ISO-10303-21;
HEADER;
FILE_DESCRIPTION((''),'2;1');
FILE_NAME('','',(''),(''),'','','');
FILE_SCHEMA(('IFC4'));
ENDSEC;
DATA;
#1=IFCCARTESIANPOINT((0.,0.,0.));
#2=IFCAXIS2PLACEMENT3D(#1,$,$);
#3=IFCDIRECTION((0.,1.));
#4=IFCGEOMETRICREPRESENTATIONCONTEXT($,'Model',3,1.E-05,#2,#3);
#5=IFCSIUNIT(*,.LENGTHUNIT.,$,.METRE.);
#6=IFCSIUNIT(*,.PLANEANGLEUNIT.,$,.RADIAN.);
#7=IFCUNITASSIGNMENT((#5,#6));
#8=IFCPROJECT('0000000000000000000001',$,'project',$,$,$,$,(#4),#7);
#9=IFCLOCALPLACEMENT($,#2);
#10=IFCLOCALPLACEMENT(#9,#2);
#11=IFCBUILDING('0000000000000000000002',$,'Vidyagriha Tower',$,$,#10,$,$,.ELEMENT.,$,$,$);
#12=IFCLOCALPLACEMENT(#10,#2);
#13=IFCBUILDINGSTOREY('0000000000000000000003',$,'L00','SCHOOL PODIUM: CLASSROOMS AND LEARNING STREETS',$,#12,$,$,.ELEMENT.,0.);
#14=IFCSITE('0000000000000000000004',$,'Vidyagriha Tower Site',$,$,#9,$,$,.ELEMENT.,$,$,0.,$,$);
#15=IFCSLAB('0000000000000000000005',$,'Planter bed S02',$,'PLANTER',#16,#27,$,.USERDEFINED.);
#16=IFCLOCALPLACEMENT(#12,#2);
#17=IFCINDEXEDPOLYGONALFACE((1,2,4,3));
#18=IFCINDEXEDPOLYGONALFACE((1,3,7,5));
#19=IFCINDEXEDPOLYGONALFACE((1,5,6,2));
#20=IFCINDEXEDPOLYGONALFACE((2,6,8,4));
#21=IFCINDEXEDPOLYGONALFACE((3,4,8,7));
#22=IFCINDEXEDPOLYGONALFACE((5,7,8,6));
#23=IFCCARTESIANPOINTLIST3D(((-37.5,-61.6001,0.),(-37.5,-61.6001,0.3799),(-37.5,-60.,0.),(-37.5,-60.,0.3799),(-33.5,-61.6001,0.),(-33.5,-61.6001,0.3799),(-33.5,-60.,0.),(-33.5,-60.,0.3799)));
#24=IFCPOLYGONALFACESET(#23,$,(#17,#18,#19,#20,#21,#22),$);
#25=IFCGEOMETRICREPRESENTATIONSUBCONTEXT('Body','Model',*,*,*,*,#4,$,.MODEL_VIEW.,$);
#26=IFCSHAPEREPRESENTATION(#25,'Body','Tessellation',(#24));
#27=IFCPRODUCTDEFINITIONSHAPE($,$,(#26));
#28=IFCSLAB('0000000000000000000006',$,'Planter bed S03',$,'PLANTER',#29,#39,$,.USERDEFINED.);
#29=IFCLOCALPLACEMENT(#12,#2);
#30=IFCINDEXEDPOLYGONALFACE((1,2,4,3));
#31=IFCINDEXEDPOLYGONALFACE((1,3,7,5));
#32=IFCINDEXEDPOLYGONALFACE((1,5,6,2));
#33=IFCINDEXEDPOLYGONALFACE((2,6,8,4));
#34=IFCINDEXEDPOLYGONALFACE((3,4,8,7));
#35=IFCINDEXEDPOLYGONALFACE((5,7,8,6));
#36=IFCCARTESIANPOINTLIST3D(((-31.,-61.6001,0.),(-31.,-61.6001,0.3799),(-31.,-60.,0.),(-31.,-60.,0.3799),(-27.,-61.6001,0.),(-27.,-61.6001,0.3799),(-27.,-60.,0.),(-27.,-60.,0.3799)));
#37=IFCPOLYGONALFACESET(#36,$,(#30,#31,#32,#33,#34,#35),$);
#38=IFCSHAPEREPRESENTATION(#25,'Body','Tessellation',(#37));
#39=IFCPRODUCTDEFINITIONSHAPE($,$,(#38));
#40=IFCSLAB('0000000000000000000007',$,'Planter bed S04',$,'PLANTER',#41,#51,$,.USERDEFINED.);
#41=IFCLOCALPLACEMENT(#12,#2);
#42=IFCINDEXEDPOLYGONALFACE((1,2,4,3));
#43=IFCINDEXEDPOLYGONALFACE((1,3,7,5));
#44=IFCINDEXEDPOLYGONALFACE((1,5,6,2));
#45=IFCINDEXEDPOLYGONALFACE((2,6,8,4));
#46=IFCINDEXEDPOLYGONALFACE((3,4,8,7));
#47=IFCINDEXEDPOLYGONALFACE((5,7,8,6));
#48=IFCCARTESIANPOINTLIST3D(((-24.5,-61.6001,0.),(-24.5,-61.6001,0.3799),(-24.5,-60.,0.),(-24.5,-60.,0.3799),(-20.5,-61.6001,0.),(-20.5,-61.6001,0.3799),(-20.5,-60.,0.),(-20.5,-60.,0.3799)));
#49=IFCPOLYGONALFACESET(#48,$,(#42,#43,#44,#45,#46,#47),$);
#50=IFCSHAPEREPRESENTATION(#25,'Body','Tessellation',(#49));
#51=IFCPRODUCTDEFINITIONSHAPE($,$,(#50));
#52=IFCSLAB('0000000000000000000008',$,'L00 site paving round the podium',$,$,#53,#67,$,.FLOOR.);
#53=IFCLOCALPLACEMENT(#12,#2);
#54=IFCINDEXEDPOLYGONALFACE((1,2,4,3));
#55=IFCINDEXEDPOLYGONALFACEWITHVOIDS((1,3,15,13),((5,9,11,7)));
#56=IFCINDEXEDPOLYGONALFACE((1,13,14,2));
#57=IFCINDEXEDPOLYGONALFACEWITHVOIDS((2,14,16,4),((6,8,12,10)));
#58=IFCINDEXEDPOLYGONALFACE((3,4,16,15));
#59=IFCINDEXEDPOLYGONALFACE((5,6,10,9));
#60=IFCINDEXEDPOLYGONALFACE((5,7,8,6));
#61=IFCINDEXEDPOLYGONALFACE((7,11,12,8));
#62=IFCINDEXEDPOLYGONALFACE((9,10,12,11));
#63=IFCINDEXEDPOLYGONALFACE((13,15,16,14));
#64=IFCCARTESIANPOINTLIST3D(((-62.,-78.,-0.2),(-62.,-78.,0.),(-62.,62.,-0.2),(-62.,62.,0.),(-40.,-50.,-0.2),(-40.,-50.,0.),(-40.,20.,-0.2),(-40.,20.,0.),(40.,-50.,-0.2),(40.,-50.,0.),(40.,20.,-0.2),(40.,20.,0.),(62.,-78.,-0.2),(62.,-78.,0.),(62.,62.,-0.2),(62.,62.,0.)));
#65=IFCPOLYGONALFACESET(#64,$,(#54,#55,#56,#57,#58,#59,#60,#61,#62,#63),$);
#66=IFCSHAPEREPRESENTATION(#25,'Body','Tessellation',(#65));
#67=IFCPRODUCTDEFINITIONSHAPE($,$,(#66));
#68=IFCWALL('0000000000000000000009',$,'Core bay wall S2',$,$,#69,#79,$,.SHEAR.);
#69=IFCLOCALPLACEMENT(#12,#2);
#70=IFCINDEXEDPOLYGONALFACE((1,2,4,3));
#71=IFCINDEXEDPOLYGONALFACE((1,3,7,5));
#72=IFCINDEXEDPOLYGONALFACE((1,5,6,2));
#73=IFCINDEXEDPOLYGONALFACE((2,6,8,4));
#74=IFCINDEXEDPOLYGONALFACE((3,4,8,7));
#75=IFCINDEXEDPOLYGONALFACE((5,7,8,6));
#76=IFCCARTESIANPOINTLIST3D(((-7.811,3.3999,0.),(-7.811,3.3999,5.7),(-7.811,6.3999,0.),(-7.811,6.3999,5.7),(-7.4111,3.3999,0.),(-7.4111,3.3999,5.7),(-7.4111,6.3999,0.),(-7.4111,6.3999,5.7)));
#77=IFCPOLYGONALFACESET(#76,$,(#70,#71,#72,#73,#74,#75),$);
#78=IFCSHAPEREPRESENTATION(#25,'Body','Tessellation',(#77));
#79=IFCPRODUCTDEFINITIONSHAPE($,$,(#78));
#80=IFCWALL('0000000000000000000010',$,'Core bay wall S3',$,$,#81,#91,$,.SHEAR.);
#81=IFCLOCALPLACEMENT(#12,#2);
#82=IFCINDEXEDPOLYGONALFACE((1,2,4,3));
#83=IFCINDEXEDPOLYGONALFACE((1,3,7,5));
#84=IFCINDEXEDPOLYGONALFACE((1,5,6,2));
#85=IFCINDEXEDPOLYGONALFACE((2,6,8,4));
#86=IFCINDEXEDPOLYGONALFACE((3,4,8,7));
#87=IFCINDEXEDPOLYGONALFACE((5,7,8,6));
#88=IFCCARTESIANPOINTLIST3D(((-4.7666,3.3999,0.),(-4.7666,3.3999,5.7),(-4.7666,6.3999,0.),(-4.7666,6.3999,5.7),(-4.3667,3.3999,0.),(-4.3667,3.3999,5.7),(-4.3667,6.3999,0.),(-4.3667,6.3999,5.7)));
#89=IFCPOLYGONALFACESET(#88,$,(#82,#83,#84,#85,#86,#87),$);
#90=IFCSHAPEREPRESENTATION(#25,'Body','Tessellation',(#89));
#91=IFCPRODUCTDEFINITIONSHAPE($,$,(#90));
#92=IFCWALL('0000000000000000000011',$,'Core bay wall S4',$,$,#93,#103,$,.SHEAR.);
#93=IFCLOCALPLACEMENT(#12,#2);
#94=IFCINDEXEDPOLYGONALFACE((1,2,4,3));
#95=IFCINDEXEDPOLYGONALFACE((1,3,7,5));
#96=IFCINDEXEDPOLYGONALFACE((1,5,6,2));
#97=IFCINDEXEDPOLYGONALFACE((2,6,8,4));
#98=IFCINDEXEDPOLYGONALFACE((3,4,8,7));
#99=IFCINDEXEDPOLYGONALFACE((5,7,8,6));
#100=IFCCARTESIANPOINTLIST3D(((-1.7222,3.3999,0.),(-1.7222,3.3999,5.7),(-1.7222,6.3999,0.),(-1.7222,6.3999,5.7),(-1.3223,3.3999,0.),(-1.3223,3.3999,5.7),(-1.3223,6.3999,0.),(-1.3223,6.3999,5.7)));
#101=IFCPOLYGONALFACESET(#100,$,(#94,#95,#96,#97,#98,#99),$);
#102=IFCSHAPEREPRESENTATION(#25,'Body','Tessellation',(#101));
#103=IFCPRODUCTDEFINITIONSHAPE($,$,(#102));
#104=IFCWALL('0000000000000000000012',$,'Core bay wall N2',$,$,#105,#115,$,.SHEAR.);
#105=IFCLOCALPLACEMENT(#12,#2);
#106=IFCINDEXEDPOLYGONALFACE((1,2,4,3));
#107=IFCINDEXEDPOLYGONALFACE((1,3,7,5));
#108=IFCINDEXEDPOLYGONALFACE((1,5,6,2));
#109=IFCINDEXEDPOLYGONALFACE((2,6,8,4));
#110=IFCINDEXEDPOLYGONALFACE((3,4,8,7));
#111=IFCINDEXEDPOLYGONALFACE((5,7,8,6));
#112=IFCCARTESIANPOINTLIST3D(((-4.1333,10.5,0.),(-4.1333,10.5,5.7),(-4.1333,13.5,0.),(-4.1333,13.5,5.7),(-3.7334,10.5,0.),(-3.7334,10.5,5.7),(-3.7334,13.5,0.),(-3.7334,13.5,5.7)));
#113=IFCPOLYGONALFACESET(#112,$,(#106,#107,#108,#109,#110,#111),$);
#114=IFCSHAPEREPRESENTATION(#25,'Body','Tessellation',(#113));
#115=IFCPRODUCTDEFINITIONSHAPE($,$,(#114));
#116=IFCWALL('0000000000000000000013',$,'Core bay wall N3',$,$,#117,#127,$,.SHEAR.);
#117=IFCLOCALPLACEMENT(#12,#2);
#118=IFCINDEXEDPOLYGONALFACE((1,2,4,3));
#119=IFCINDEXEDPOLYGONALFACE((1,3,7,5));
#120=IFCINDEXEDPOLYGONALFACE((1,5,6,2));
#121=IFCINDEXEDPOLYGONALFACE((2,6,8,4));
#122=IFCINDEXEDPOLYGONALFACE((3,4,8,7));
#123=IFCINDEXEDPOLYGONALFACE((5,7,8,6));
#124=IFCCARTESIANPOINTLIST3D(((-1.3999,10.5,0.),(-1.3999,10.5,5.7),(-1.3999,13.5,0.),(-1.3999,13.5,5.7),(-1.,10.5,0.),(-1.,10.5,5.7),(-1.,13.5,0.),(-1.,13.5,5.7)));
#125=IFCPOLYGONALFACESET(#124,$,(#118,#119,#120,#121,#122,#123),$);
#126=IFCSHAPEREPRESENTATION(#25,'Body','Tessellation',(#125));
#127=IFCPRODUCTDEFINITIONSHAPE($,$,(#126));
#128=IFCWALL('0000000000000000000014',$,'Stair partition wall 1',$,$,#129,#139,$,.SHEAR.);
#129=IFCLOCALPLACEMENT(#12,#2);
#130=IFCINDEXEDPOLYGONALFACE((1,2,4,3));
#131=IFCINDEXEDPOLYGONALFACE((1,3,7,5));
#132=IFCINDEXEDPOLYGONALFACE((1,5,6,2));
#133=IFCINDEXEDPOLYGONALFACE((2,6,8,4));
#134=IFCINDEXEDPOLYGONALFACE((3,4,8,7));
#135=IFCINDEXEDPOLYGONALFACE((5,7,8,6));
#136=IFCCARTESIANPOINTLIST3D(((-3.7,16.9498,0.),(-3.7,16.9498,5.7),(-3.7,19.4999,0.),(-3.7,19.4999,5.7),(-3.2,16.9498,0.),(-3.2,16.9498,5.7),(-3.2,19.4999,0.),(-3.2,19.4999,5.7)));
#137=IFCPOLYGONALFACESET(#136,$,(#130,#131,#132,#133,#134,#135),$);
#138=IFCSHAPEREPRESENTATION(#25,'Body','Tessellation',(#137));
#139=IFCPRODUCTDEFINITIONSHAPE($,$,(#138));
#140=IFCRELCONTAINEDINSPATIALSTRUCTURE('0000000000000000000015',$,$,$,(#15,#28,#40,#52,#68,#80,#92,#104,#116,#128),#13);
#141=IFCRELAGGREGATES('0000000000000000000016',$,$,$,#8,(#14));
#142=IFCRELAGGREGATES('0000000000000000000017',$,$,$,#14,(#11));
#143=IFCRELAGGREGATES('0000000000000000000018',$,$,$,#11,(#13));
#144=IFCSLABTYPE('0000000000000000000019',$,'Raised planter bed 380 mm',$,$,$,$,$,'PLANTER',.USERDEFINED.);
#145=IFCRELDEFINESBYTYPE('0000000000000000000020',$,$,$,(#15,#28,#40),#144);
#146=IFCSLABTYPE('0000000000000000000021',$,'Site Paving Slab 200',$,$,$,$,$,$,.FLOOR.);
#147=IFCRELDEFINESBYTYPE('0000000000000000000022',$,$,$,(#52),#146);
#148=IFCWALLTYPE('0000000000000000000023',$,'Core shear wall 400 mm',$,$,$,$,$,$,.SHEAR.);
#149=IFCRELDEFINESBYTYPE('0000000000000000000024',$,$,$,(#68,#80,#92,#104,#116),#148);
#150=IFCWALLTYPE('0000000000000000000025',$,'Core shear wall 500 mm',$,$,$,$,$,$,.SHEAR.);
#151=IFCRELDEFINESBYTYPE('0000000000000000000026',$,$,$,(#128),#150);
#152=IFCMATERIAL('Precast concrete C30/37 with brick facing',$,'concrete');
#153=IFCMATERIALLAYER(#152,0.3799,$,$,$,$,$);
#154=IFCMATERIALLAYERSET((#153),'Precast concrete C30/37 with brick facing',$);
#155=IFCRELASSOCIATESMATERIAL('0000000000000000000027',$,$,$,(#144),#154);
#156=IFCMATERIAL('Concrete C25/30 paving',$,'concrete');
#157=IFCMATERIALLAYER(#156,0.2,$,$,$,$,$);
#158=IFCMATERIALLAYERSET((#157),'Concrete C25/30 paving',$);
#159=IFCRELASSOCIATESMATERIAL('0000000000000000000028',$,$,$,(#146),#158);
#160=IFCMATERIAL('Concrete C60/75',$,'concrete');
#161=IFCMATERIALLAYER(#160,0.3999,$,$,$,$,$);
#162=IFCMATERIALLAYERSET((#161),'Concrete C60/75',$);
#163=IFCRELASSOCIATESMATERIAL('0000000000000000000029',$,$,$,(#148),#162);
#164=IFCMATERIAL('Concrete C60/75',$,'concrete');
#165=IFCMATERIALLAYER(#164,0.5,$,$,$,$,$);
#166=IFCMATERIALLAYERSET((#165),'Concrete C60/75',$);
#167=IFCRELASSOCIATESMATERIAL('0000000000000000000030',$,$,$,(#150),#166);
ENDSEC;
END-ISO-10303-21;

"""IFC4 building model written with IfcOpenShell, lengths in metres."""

from ifc_helpers import new_model, si_unit, direction, frame, frame_2d, origin, place, context, subcontext, project, spatial, polyline, rectangle, outline, extrude, material, layer, layer_set, type_object, element, save


model = new_model("IFC4")

# Units and contexts
model_context = context("Model", 3, precision=1e-05, world=origin(), true_north=direction((0.0, 1.0)))
body_context = subcontext(model_context, "Body", "Model", "MODEL_VIEW")
ifc_project = project(units=[si_unit("LENGTHUNIT", "METRE"), si_unit("PLANEANGLEUNIT", "RADIAN")], contexts=[model_context])

# Site, building, storey
site_placement = place(None, origin())
site = spatial("IfcSite", under=ifc_project, at=site_placement, Name="Vidyagriha Tower Site", CompositionType="ELEMENT", RefElevation=0.0)
building_placement = place(site_placement, origin())
building = spatial("IfcBuilding", under=site, at=building_placement, Name="Vidyagriha Tower", CompositionType="ELEMENT")
storey_placement = place(building_placement, origin())
storey = spatial("IfcBuildingStorey", under=building, at=storey_placement, Name="L00", Description="SCHOOL PODIUM: CLASSROOMS AND LEARNING STREETS", CompositionType="ELEMENT", Elevation=0.0)

# Slabs
ifc_material_1 = material(Name="Precast concrete C30/37 with brick facing", Category="concrete")
ifc_layer_1 = layer(ifc_material_1, 0.3799)
ifc_layer_set_1 = layer_set([ifc_layer_1], Name="Precast concrete C30/37 with brick facing")
slab_type_1 = type_object("IfcSlabType", Name="Raised planter bed 380 mm", ElementType="PLANTER", PredefinedType="USERDEFINED", material=ifc_layer_set_1)
slab_1_placement = place(storey_placement, origin())
element("IfcSlab", 1, at=slab_1_placement, inside=storey, type_object=slab_type_1, Name="Planter bed S02", ObjectType="PLANTER", PredefinedType="USERDEFINED", context=body_context, shape_type="SweptSolid", body=[
    extrude(outline(polyline([(-37.5, -61.6001), (-33.5, -61.6001), (-33.5, -60.0), (-37.5, -60.0), (-37.5, -61.6001)])), origin(), (0.0, 0.0, 1.0), 0.3799),
])
slab_2_placement = place(storey_placement, origin())
element("IfcSlab", 2, at=slab_2_placement, inside=storey, type_object=slab_type_1, Name="Planter bed S03", ObjectType="PLANTER", PredefinedType="USERDEFINED", context=body_context, shape_type="SweptSolid", body=[
    extrude(outline(polyline([(-31.0, -61.6001), (-27.0, -61.6001), (-27.0, -60.0), (-31.0, -60.0), (-31.0, -61.6001)])), origin(), (0.0, 0.0, 1.0), 0.3799),
])
slab_3_placement = place(storey_placement, origin())
element("IfcSlab", 3, at=slab_3_placement, inside=storey, type_object=slab_type_1, Name="Planter bed S04", ObjectType="PLANTER", PredefinedType="USERDEFINED", context=body_context, shape_type="SweptSolid", body=[
    extrude(outline(polyline([(-24.5, -61.6001), (-20.5, -61.6001), (-20.5, -60.0), (-24.5, -60.0), (-24.5, -61.6001)])), origin(), (0.0, 0.0, 1.0), 0.3799),
])
ifc_material_2 = material(Name="Concrete C25/30 paving", Category="concrete")
ifc_layer_2 = layer(ifc_material_2, 0.2)
ifc_layer_set_2 = layer_set([ifc_layer_2], Name="Concrete C25/30 paving")
slab_type_2 = type_object("IfcSlabType", Name="Site Paving Slab 200", PredefinedType="FLOOR", material=ifc_layer_set_2)
slab_4_placement = place(storey_placement, frame((0.0, 0.0, -0.2)))
element("IfcSlab", 4, at=slab_4_placement, inside=storey, type_object=slab_type_2, Name="L00 site paving round the podium", PredefinedType="FLOOR", context=body_context, shape_type="SweptSolid", body=[
    extrude(outline(polyline([(-62.0, -78.0), (62.0, -78.0), (62.0, 62.0), (-62.0, 62.0), (-62.0, -78.0)]), holes=[polyline([(-40.0, -50.0), (-40.0, 20.0), (40.0, 20.0), (40.0, -50.0), (-40.0, -50.0)])]), origin(), (0.0, 0.0, 1.0), 0.2),
])

# Walls
ifc_material_3 = material(Name="Concrete C60/75", Category="concrete")
ifc_layer_3 = layer(ifc_material_3, 0.3999)
ifc_layer_set_3 = layer_set([ifc_layer_3], Name="Concrete C60/75")
wall_type_1 = type_object("IfcWallType", Name="Core shear wall 400 mm", PredefinedType="SHEAR", material=ifc_layer_set_3)
for number, where, z_axis, x_axis, name in (
    (5, (-7.6111, 3.3999, 0.0), (0.0, 0.0, 1.0), (0.0, 1.0, 0.0), "Core bay wall S2"),
    (6, (-4.5667, 3.3999, 0.0), (0.0, 0.0, 1.0), (0.0, 1.0, 0.0), "Core bay wall S3"),
    (7, (-1.5222, 3.3999, 0.0), (0.0, 0.0, 1.0), (0.0, 1.0, 0.0), "Core bay wall S4"),
    (8, (-3.9333, 10.5, 0.0), (0.0, 0.0, 1.0), (0.0, 1.0, 0.0), "Core bay wall N2"),
    (9, (-1.2, 10.5, 0.0), (0.0, 0.0, 1.0), (0.0, 1.0, 0.0), "Core bay wall N3"),
):
    element("IfcWall", number, at=place(storey_placement, frame(where, z_axis=z_axis, x_axis=x_axis)), inside=storey, type_object=wall_type_1, Name=name, PredefinedType="SHEAR", context=body_context, shape_type="SweptSolid", body=[
        extrude(rectangle(XDim=3.0, YDim=0.3999, at=frame_2d((1.5, 0.0))), origin(), (0.0, 0.0, 1.0), 5.7),
    ])
ifc_material_4 = material(Name="Concrete C60/75", Category="concrete")
ifc_layer_4 = layer(ifc_material_4, 0.5)
ifc_layer_set_4 = layer_set([ifc_layer_4], Name="Concrete C60/75")
wall_type_2 = type_object("IfcWallType", Name="Core shear wall 500 mm", PredefinedType="SHEAR", material=ifc_layer_set_4)
wall_placement = place(storey_placement, frame((-3.45, 16.95, 0.0), z_axis=(0.0, 0.0, 1.0), x_axis=(0.0, 1.0, 0.0)))
element("IfcWall", 10, at=wall_placement, inside=storey, type_object=wall_type_2, Name="Stair partition wall 1", PredefinedType="SHEAR", context=body_context, shape_type="SweptSolid", body=[
    extrude(rectangle(XDim=2.55, YDim=0.5, at=frame_2d((1.2749, 0.0))), origin(), (0.0, 0.0, 1.0), 5.7),
])

save(model, "model.ifc")
